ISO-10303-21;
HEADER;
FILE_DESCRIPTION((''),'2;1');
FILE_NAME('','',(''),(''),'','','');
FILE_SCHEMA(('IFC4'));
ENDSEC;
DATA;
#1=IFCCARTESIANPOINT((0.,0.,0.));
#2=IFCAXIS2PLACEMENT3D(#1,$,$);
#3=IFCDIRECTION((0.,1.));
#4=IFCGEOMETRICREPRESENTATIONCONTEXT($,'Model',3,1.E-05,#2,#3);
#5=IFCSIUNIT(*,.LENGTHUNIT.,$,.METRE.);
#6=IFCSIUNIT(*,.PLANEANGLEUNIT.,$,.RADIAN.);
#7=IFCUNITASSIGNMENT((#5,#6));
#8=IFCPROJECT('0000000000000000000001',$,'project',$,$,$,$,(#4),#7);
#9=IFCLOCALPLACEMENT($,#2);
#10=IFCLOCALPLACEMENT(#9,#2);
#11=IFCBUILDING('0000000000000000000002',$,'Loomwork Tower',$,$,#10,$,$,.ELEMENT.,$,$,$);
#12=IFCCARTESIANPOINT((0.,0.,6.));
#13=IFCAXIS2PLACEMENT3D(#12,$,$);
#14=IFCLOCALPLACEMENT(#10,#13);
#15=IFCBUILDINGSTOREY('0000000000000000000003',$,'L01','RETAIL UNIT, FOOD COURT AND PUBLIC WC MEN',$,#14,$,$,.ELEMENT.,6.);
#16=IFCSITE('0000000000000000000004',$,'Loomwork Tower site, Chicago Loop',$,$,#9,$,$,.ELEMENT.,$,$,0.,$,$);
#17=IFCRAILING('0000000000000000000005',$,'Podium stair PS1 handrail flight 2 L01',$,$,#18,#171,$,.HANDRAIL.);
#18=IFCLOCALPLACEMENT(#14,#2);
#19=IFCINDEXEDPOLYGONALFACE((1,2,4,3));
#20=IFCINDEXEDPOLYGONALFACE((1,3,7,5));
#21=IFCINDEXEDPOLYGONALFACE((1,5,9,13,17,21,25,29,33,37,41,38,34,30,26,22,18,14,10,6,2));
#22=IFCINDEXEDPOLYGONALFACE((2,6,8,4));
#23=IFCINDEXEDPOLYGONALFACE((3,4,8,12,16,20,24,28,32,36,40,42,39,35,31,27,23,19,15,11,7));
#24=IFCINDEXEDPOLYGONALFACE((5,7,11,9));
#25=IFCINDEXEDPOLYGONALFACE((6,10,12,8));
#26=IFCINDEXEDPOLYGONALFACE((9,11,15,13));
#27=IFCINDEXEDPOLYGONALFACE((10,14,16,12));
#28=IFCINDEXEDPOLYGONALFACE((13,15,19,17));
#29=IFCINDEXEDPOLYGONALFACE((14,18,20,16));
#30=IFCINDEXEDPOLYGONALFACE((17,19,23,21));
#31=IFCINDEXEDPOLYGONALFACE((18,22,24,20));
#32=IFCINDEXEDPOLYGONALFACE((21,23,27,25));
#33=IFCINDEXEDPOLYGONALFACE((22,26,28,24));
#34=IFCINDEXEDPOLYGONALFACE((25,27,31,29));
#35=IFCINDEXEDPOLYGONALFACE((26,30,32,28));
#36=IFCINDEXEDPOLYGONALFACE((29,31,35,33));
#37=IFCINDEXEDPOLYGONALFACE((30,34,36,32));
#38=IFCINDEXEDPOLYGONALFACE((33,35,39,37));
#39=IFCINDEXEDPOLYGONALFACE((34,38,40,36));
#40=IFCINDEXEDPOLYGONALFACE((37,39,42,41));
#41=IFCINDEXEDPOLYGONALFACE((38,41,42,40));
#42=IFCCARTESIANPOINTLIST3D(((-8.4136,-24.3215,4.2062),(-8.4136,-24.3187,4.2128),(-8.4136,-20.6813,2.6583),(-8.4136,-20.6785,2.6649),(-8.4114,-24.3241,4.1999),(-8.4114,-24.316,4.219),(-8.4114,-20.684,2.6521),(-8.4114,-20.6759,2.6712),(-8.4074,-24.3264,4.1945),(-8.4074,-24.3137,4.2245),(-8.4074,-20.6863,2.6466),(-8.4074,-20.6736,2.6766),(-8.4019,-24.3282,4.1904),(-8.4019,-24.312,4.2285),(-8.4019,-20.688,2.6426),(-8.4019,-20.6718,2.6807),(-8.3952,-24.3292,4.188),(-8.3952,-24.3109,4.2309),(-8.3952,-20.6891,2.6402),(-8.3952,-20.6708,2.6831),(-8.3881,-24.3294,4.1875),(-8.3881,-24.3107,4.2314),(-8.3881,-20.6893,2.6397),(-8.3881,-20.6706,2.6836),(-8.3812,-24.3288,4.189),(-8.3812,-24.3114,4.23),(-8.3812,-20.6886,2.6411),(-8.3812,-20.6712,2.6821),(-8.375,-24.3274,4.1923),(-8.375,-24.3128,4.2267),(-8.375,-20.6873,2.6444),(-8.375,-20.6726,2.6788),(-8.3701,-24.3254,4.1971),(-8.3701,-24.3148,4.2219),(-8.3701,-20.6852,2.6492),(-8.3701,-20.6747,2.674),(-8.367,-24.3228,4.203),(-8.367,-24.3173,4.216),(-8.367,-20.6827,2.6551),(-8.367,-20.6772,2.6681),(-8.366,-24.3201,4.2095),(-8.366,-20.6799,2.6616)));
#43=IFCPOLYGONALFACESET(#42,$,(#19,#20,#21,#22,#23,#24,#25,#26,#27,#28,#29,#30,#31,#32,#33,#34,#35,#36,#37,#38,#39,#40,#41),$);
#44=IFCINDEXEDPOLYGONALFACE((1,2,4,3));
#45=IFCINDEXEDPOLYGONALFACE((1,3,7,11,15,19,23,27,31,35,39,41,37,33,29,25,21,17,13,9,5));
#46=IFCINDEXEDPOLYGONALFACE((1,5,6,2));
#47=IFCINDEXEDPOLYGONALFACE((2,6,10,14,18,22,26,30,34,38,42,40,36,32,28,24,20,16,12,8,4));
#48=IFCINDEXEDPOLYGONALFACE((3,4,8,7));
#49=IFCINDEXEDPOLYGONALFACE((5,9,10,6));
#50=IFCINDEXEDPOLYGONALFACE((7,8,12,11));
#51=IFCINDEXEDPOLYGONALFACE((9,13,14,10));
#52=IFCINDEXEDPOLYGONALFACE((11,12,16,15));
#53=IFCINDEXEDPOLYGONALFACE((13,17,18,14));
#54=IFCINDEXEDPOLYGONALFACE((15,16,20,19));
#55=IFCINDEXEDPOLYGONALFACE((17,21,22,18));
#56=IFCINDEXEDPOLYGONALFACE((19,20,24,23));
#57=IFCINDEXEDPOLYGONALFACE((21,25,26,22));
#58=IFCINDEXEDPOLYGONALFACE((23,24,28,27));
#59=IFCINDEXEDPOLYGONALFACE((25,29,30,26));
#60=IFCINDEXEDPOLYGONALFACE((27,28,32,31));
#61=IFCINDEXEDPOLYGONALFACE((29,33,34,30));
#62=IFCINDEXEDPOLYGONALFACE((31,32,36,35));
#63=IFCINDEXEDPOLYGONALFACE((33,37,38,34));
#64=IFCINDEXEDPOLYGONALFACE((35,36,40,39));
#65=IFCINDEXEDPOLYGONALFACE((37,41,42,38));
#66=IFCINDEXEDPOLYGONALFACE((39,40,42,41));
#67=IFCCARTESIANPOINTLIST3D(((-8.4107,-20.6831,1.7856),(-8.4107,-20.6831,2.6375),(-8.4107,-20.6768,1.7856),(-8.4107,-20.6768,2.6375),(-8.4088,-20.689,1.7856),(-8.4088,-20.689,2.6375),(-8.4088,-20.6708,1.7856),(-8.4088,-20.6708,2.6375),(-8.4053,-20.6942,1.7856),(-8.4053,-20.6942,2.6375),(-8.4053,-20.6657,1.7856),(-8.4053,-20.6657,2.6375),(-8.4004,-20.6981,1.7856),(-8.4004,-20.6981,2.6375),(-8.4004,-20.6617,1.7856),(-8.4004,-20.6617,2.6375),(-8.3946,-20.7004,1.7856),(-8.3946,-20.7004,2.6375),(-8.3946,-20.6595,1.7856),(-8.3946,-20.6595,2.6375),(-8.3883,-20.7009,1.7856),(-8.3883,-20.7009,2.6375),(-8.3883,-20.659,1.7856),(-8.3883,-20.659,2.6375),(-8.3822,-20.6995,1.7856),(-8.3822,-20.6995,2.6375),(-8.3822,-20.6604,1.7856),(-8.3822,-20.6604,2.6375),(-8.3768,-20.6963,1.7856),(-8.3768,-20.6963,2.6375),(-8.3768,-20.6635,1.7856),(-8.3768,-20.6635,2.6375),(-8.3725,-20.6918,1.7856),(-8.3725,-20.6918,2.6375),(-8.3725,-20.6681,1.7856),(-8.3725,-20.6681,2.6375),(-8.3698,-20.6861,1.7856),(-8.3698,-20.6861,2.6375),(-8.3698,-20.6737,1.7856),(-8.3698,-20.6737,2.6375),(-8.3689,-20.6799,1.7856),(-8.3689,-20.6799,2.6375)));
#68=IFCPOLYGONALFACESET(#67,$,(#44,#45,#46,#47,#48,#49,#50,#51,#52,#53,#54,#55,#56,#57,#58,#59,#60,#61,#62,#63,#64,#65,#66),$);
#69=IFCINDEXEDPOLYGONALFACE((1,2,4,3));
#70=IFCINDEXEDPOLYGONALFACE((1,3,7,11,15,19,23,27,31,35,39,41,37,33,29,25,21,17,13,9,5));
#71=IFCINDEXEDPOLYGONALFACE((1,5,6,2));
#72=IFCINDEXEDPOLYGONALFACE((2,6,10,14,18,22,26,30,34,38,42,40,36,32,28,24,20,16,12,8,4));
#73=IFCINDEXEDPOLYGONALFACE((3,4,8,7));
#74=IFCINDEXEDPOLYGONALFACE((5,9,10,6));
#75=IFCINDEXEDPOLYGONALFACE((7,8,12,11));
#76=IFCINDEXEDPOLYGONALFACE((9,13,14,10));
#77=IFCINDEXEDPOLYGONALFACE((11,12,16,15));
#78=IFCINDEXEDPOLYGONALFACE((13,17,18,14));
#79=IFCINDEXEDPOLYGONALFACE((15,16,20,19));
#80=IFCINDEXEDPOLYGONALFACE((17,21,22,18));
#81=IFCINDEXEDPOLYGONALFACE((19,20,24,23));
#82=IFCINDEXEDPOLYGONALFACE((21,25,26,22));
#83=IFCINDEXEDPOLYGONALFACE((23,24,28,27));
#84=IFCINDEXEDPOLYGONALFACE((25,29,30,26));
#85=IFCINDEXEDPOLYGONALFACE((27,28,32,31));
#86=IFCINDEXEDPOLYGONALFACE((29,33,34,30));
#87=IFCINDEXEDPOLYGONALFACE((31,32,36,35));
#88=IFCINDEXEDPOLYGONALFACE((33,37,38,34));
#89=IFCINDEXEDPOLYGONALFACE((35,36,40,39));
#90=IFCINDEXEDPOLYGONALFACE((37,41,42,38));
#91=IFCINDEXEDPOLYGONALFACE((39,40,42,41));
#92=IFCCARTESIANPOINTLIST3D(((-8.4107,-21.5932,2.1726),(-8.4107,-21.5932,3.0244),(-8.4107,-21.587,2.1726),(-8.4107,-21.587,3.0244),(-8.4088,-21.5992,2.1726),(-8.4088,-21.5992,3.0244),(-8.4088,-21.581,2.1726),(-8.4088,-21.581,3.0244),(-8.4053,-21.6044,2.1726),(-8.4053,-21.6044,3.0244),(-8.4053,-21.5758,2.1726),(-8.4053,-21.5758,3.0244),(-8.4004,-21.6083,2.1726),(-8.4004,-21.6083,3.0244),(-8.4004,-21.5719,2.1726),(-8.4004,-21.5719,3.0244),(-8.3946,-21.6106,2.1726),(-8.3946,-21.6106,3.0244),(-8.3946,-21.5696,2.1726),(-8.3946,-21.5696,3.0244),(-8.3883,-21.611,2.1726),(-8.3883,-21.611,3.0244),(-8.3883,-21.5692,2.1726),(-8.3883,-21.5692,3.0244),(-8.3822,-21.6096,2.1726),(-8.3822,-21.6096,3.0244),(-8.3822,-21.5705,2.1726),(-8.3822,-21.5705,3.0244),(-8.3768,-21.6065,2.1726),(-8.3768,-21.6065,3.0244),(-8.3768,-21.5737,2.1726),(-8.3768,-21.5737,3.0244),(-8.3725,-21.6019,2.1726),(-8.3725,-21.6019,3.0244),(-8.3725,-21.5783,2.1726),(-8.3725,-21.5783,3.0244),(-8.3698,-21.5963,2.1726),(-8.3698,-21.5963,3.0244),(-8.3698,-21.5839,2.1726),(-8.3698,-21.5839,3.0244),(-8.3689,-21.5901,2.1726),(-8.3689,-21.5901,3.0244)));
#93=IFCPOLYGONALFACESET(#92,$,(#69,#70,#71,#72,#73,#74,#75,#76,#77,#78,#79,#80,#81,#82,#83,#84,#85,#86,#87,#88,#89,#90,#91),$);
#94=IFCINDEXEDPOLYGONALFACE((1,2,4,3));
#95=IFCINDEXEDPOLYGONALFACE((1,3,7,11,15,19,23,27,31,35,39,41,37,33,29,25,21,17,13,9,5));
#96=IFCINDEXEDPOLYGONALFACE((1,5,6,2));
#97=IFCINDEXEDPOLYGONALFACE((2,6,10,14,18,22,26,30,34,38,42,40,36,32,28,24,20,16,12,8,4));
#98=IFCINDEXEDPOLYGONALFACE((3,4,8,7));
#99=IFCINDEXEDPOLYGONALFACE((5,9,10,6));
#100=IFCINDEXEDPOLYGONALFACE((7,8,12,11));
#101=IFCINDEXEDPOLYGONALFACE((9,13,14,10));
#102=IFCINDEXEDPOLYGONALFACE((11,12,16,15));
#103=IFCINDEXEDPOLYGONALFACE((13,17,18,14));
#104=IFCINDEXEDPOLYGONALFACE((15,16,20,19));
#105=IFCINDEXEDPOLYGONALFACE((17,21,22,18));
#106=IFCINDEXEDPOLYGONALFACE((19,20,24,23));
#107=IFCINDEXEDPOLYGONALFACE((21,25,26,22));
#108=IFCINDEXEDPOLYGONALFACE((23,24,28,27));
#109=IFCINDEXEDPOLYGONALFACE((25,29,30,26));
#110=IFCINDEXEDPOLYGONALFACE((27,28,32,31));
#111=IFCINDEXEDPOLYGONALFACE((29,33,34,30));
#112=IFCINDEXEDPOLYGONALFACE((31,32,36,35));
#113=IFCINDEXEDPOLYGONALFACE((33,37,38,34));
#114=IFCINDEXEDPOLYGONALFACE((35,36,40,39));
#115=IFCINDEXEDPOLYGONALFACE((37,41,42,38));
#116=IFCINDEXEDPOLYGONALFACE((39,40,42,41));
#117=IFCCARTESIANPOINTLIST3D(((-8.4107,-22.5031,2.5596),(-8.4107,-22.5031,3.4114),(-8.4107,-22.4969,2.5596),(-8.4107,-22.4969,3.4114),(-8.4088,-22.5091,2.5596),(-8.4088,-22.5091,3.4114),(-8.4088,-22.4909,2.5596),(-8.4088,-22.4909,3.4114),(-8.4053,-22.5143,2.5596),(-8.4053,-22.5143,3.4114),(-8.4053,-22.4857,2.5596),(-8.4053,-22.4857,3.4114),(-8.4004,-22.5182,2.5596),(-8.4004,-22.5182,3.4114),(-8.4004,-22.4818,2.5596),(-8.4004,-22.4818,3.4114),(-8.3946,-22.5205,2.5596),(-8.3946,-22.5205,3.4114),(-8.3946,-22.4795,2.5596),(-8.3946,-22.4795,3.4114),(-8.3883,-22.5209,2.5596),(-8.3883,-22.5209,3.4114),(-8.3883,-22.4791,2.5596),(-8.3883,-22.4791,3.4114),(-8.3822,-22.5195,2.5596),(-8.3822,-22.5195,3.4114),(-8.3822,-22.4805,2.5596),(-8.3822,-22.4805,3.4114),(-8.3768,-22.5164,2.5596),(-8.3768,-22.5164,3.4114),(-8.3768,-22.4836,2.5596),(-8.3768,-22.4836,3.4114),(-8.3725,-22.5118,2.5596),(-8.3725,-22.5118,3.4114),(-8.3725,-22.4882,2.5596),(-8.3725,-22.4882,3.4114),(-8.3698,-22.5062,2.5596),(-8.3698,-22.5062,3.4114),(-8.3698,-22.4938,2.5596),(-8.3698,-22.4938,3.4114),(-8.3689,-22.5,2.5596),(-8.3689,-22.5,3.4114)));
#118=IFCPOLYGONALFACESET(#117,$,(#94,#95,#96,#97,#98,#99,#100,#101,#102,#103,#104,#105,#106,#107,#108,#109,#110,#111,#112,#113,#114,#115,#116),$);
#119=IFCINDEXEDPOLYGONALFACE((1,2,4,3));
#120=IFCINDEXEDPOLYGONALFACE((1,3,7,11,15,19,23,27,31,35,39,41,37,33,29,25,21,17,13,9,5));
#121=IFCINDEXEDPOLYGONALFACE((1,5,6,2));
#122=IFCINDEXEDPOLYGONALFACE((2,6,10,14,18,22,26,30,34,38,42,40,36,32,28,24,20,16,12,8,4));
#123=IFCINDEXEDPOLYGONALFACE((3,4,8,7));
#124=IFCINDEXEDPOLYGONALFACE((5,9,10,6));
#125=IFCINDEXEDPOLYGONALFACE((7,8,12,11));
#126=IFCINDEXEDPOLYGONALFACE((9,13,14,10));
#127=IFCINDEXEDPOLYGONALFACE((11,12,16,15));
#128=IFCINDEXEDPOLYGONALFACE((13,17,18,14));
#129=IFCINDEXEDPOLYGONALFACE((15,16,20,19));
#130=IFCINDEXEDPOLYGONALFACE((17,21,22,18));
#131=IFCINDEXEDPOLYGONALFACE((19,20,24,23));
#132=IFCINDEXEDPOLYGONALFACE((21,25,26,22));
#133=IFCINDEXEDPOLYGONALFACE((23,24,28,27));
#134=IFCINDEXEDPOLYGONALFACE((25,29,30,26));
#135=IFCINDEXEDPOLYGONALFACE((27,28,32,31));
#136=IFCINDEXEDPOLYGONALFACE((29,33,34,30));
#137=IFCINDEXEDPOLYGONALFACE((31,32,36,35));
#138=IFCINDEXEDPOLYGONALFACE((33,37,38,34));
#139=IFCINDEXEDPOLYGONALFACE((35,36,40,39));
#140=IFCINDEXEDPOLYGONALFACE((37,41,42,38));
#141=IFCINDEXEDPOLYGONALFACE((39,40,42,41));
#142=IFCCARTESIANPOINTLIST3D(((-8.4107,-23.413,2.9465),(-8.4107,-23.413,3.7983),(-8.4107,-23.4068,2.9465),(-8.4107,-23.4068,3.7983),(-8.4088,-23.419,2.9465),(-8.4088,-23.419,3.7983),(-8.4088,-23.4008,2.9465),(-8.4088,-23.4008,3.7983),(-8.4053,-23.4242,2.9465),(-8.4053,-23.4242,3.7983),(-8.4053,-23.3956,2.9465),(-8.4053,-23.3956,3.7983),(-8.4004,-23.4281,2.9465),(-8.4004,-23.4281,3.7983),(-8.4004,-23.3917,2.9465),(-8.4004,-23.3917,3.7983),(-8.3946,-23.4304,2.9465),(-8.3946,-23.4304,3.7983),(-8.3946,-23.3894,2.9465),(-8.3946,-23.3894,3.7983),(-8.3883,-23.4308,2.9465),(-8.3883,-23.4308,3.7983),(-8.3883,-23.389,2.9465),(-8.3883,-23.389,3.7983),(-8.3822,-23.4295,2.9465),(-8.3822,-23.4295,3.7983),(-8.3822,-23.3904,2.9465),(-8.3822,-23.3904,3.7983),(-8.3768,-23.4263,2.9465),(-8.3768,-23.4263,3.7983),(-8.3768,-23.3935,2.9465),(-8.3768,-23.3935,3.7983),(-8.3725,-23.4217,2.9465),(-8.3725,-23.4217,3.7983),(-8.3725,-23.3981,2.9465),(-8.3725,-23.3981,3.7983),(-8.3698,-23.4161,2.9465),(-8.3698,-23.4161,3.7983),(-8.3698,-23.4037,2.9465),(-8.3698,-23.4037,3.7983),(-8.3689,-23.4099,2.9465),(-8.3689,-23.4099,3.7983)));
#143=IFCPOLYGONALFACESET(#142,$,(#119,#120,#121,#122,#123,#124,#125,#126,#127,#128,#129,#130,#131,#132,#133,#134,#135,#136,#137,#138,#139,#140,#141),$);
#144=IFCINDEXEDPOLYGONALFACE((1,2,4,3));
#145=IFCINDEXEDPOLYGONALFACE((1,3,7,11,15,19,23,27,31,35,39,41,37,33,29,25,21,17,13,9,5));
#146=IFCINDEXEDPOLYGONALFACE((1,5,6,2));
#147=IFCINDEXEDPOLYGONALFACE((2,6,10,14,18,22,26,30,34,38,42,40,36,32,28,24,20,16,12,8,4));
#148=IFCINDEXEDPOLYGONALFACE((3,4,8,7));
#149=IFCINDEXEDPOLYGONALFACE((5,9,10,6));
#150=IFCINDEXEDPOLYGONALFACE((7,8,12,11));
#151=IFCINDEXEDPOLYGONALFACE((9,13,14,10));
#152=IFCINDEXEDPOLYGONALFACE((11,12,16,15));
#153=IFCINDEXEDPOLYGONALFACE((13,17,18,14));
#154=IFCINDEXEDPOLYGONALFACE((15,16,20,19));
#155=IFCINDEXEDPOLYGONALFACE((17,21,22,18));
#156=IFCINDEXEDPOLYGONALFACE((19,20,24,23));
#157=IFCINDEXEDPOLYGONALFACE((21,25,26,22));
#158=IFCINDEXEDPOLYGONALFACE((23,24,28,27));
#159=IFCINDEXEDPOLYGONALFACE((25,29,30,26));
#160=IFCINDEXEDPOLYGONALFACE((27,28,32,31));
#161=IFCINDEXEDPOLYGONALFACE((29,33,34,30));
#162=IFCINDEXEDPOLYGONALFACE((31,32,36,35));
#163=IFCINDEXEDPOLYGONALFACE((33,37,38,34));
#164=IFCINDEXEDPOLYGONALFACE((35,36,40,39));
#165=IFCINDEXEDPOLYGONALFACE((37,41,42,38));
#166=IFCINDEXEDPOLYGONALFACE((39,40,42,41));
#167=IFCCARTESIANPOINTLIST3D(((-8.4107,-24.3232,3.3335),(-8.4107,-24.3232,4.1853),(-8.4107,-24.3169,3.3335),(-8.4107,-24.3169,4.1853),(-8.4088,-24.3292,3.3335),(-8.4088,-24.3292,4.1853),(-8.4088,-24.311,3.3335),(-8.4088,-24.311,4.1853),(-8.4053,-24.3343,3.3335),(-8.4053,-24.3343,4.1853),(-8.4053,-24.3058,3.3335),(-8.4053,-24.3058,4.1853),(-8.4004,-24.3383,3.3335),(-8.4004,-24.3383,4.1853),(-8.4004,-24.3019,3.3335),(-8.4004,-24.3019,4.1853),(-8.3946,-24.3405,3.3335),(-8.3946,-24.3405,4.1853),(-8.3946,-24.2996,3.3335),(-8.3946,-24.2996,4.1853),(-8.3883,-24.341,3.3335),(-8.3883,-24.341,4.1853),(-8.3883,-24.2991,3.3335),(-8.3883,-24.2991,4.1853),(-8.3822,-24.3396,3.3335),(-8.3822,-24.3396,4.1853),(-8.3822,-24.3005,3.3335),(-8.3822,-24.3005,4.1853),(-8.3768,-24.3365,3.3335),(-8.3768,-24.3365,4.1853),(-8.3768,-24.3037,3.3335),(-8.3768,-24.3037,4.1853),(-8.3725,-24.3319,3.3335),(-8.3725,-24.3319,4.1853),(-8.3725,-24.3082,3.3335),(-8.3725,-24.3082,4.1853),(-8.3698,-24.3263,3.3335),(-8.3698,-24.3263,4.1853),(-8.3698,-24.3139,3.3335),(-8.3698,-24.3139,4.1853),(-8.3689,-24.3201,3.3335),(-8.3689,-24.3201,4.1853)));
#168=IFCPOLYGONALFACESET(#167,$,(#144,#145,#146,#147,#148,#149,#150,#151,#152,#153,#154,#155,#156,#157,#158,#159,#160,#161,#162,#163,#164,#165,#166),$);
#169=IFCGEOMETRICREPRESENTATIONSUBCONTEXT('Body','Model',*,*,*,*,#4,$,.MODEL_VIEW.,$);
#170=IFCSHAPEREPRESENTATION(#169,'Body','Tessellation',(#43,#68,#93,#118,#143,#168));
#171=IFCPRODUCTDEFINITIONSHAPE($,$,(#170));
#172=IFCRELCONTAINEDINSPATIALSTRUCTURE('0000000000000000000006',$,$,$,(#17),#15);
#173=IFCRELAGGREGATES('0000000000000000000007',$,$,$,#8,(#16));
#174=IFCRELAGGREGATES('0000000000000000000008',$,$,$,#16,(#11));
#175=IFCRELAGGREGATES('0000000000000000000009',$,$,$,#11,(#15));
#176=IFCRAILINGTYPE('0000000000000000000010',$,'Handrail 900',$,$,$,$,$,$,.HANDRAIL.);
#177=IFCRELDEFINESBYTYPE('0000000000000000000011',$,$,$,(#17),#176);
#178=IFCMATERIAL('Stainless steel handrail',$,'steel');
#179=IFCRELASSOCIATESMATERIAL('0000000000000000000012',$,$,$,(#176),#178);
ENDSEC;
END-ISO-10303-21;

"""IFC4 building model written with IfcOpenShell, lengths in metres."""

from ifc_helpers import new_model, si_unit, direction, frame, origin, origin_2d, place, context, subcontext, project, spatial, circle, extrude, material, type_object, element, save


model = new_model("IFC4")

# Units and contexts
model_context = context("Model", 3, precision=1e-05, world=origin(), true_north=direction((0.0, 1.0)))
body_context = subcontext(model_context, "Body", "Model", "MODEL_VIEW")
ifc_project = project(units=[si_unit("LENGTHUNIT", "METRE"), si_unit("PLANEANGLEUNIT", "RADIAN")], contexts=[model_context])

# Site, building, storey
site_placement = place(None, origin())
site = spatial("IfcSite", under=ifc_project, at=site_placement, Name="Loomwork Tower site, Chicago Loop", CompositionType="ELEMENT", RefElevation=0.0)
building_placement = place(site_placement, origin())
building = spatial("IfcBuilding", under=site, at=building_placement, Name="Loomwork Tower", CompositionType="ELEMENT")
storey_placement = place(building_placement, frame((0.0, 0.0, 6.0)))
storey = spatial("IfcBuildingStorey", under=building, at=storey_placement, Name="L01", Description="RETAIL UNIT, FOOD COURT AND PUBLIC WC MEN", CompositionType="ELEMENT", Elevation=6.0)

# Railing
ifc_material_1 = material(Name="Stainless steel handrail", Category="steel")
railing_type = type_object("IfcRailingType", Name="Handrail 900", PredefinedType="HANDRAIL", material=ifc_material_1)
railing_1_placement = place(storey_placement, frame((-8.3899, -20.6799, 1.7856)))
element("IfcRailing", 1, at=railing_1_placement, inside=storey, type_object=railing_type, Name="Podium stair PS1 handrail flight 2 L01", PredefinedType="HANDRAIL", context=body_context, shape_type="SweptSolid", body=[
    extrude(circle(Radius=0.0239, at=origin_2d()), frame((0.0, 0.0, 0.876), z_axis=(0.0, -0.920259, 0.391311), x_axis=(1.0, 0.0, 0.0)), (0.0, 0.0, 1.0), 3.9556),
    extrude(circle(Radius=0.021, at=origin_2d()), origin(), (0.0, 0.0, 1.0), 0.8518),
    extrude(circle(Radius=0.021, at=origin_2d()), frame((0.0, -0.9102, 0.387)), (0.0, 0.0, 1.0), 0.8518),
    extrude(circle(Radius=0.021, at=origin_2d()), frame((0.0, -1.8201, 0.7739)), (0.0, 0.0, 1.0), 0.8518),
    extrude(circle(Radius=0.021, at=origin_2d()), frame((0.0, -2.73, 1.1609)), (0.0, 0.0, 1.0), 0.8518),
    extrude(circle(Radius=0.021, at=origin_2d()), frame((0.0, -3.6401, 1.5479)), (0.0, 0.0, 1.0), 0.8518),
])

save(model, "model.ifc")
